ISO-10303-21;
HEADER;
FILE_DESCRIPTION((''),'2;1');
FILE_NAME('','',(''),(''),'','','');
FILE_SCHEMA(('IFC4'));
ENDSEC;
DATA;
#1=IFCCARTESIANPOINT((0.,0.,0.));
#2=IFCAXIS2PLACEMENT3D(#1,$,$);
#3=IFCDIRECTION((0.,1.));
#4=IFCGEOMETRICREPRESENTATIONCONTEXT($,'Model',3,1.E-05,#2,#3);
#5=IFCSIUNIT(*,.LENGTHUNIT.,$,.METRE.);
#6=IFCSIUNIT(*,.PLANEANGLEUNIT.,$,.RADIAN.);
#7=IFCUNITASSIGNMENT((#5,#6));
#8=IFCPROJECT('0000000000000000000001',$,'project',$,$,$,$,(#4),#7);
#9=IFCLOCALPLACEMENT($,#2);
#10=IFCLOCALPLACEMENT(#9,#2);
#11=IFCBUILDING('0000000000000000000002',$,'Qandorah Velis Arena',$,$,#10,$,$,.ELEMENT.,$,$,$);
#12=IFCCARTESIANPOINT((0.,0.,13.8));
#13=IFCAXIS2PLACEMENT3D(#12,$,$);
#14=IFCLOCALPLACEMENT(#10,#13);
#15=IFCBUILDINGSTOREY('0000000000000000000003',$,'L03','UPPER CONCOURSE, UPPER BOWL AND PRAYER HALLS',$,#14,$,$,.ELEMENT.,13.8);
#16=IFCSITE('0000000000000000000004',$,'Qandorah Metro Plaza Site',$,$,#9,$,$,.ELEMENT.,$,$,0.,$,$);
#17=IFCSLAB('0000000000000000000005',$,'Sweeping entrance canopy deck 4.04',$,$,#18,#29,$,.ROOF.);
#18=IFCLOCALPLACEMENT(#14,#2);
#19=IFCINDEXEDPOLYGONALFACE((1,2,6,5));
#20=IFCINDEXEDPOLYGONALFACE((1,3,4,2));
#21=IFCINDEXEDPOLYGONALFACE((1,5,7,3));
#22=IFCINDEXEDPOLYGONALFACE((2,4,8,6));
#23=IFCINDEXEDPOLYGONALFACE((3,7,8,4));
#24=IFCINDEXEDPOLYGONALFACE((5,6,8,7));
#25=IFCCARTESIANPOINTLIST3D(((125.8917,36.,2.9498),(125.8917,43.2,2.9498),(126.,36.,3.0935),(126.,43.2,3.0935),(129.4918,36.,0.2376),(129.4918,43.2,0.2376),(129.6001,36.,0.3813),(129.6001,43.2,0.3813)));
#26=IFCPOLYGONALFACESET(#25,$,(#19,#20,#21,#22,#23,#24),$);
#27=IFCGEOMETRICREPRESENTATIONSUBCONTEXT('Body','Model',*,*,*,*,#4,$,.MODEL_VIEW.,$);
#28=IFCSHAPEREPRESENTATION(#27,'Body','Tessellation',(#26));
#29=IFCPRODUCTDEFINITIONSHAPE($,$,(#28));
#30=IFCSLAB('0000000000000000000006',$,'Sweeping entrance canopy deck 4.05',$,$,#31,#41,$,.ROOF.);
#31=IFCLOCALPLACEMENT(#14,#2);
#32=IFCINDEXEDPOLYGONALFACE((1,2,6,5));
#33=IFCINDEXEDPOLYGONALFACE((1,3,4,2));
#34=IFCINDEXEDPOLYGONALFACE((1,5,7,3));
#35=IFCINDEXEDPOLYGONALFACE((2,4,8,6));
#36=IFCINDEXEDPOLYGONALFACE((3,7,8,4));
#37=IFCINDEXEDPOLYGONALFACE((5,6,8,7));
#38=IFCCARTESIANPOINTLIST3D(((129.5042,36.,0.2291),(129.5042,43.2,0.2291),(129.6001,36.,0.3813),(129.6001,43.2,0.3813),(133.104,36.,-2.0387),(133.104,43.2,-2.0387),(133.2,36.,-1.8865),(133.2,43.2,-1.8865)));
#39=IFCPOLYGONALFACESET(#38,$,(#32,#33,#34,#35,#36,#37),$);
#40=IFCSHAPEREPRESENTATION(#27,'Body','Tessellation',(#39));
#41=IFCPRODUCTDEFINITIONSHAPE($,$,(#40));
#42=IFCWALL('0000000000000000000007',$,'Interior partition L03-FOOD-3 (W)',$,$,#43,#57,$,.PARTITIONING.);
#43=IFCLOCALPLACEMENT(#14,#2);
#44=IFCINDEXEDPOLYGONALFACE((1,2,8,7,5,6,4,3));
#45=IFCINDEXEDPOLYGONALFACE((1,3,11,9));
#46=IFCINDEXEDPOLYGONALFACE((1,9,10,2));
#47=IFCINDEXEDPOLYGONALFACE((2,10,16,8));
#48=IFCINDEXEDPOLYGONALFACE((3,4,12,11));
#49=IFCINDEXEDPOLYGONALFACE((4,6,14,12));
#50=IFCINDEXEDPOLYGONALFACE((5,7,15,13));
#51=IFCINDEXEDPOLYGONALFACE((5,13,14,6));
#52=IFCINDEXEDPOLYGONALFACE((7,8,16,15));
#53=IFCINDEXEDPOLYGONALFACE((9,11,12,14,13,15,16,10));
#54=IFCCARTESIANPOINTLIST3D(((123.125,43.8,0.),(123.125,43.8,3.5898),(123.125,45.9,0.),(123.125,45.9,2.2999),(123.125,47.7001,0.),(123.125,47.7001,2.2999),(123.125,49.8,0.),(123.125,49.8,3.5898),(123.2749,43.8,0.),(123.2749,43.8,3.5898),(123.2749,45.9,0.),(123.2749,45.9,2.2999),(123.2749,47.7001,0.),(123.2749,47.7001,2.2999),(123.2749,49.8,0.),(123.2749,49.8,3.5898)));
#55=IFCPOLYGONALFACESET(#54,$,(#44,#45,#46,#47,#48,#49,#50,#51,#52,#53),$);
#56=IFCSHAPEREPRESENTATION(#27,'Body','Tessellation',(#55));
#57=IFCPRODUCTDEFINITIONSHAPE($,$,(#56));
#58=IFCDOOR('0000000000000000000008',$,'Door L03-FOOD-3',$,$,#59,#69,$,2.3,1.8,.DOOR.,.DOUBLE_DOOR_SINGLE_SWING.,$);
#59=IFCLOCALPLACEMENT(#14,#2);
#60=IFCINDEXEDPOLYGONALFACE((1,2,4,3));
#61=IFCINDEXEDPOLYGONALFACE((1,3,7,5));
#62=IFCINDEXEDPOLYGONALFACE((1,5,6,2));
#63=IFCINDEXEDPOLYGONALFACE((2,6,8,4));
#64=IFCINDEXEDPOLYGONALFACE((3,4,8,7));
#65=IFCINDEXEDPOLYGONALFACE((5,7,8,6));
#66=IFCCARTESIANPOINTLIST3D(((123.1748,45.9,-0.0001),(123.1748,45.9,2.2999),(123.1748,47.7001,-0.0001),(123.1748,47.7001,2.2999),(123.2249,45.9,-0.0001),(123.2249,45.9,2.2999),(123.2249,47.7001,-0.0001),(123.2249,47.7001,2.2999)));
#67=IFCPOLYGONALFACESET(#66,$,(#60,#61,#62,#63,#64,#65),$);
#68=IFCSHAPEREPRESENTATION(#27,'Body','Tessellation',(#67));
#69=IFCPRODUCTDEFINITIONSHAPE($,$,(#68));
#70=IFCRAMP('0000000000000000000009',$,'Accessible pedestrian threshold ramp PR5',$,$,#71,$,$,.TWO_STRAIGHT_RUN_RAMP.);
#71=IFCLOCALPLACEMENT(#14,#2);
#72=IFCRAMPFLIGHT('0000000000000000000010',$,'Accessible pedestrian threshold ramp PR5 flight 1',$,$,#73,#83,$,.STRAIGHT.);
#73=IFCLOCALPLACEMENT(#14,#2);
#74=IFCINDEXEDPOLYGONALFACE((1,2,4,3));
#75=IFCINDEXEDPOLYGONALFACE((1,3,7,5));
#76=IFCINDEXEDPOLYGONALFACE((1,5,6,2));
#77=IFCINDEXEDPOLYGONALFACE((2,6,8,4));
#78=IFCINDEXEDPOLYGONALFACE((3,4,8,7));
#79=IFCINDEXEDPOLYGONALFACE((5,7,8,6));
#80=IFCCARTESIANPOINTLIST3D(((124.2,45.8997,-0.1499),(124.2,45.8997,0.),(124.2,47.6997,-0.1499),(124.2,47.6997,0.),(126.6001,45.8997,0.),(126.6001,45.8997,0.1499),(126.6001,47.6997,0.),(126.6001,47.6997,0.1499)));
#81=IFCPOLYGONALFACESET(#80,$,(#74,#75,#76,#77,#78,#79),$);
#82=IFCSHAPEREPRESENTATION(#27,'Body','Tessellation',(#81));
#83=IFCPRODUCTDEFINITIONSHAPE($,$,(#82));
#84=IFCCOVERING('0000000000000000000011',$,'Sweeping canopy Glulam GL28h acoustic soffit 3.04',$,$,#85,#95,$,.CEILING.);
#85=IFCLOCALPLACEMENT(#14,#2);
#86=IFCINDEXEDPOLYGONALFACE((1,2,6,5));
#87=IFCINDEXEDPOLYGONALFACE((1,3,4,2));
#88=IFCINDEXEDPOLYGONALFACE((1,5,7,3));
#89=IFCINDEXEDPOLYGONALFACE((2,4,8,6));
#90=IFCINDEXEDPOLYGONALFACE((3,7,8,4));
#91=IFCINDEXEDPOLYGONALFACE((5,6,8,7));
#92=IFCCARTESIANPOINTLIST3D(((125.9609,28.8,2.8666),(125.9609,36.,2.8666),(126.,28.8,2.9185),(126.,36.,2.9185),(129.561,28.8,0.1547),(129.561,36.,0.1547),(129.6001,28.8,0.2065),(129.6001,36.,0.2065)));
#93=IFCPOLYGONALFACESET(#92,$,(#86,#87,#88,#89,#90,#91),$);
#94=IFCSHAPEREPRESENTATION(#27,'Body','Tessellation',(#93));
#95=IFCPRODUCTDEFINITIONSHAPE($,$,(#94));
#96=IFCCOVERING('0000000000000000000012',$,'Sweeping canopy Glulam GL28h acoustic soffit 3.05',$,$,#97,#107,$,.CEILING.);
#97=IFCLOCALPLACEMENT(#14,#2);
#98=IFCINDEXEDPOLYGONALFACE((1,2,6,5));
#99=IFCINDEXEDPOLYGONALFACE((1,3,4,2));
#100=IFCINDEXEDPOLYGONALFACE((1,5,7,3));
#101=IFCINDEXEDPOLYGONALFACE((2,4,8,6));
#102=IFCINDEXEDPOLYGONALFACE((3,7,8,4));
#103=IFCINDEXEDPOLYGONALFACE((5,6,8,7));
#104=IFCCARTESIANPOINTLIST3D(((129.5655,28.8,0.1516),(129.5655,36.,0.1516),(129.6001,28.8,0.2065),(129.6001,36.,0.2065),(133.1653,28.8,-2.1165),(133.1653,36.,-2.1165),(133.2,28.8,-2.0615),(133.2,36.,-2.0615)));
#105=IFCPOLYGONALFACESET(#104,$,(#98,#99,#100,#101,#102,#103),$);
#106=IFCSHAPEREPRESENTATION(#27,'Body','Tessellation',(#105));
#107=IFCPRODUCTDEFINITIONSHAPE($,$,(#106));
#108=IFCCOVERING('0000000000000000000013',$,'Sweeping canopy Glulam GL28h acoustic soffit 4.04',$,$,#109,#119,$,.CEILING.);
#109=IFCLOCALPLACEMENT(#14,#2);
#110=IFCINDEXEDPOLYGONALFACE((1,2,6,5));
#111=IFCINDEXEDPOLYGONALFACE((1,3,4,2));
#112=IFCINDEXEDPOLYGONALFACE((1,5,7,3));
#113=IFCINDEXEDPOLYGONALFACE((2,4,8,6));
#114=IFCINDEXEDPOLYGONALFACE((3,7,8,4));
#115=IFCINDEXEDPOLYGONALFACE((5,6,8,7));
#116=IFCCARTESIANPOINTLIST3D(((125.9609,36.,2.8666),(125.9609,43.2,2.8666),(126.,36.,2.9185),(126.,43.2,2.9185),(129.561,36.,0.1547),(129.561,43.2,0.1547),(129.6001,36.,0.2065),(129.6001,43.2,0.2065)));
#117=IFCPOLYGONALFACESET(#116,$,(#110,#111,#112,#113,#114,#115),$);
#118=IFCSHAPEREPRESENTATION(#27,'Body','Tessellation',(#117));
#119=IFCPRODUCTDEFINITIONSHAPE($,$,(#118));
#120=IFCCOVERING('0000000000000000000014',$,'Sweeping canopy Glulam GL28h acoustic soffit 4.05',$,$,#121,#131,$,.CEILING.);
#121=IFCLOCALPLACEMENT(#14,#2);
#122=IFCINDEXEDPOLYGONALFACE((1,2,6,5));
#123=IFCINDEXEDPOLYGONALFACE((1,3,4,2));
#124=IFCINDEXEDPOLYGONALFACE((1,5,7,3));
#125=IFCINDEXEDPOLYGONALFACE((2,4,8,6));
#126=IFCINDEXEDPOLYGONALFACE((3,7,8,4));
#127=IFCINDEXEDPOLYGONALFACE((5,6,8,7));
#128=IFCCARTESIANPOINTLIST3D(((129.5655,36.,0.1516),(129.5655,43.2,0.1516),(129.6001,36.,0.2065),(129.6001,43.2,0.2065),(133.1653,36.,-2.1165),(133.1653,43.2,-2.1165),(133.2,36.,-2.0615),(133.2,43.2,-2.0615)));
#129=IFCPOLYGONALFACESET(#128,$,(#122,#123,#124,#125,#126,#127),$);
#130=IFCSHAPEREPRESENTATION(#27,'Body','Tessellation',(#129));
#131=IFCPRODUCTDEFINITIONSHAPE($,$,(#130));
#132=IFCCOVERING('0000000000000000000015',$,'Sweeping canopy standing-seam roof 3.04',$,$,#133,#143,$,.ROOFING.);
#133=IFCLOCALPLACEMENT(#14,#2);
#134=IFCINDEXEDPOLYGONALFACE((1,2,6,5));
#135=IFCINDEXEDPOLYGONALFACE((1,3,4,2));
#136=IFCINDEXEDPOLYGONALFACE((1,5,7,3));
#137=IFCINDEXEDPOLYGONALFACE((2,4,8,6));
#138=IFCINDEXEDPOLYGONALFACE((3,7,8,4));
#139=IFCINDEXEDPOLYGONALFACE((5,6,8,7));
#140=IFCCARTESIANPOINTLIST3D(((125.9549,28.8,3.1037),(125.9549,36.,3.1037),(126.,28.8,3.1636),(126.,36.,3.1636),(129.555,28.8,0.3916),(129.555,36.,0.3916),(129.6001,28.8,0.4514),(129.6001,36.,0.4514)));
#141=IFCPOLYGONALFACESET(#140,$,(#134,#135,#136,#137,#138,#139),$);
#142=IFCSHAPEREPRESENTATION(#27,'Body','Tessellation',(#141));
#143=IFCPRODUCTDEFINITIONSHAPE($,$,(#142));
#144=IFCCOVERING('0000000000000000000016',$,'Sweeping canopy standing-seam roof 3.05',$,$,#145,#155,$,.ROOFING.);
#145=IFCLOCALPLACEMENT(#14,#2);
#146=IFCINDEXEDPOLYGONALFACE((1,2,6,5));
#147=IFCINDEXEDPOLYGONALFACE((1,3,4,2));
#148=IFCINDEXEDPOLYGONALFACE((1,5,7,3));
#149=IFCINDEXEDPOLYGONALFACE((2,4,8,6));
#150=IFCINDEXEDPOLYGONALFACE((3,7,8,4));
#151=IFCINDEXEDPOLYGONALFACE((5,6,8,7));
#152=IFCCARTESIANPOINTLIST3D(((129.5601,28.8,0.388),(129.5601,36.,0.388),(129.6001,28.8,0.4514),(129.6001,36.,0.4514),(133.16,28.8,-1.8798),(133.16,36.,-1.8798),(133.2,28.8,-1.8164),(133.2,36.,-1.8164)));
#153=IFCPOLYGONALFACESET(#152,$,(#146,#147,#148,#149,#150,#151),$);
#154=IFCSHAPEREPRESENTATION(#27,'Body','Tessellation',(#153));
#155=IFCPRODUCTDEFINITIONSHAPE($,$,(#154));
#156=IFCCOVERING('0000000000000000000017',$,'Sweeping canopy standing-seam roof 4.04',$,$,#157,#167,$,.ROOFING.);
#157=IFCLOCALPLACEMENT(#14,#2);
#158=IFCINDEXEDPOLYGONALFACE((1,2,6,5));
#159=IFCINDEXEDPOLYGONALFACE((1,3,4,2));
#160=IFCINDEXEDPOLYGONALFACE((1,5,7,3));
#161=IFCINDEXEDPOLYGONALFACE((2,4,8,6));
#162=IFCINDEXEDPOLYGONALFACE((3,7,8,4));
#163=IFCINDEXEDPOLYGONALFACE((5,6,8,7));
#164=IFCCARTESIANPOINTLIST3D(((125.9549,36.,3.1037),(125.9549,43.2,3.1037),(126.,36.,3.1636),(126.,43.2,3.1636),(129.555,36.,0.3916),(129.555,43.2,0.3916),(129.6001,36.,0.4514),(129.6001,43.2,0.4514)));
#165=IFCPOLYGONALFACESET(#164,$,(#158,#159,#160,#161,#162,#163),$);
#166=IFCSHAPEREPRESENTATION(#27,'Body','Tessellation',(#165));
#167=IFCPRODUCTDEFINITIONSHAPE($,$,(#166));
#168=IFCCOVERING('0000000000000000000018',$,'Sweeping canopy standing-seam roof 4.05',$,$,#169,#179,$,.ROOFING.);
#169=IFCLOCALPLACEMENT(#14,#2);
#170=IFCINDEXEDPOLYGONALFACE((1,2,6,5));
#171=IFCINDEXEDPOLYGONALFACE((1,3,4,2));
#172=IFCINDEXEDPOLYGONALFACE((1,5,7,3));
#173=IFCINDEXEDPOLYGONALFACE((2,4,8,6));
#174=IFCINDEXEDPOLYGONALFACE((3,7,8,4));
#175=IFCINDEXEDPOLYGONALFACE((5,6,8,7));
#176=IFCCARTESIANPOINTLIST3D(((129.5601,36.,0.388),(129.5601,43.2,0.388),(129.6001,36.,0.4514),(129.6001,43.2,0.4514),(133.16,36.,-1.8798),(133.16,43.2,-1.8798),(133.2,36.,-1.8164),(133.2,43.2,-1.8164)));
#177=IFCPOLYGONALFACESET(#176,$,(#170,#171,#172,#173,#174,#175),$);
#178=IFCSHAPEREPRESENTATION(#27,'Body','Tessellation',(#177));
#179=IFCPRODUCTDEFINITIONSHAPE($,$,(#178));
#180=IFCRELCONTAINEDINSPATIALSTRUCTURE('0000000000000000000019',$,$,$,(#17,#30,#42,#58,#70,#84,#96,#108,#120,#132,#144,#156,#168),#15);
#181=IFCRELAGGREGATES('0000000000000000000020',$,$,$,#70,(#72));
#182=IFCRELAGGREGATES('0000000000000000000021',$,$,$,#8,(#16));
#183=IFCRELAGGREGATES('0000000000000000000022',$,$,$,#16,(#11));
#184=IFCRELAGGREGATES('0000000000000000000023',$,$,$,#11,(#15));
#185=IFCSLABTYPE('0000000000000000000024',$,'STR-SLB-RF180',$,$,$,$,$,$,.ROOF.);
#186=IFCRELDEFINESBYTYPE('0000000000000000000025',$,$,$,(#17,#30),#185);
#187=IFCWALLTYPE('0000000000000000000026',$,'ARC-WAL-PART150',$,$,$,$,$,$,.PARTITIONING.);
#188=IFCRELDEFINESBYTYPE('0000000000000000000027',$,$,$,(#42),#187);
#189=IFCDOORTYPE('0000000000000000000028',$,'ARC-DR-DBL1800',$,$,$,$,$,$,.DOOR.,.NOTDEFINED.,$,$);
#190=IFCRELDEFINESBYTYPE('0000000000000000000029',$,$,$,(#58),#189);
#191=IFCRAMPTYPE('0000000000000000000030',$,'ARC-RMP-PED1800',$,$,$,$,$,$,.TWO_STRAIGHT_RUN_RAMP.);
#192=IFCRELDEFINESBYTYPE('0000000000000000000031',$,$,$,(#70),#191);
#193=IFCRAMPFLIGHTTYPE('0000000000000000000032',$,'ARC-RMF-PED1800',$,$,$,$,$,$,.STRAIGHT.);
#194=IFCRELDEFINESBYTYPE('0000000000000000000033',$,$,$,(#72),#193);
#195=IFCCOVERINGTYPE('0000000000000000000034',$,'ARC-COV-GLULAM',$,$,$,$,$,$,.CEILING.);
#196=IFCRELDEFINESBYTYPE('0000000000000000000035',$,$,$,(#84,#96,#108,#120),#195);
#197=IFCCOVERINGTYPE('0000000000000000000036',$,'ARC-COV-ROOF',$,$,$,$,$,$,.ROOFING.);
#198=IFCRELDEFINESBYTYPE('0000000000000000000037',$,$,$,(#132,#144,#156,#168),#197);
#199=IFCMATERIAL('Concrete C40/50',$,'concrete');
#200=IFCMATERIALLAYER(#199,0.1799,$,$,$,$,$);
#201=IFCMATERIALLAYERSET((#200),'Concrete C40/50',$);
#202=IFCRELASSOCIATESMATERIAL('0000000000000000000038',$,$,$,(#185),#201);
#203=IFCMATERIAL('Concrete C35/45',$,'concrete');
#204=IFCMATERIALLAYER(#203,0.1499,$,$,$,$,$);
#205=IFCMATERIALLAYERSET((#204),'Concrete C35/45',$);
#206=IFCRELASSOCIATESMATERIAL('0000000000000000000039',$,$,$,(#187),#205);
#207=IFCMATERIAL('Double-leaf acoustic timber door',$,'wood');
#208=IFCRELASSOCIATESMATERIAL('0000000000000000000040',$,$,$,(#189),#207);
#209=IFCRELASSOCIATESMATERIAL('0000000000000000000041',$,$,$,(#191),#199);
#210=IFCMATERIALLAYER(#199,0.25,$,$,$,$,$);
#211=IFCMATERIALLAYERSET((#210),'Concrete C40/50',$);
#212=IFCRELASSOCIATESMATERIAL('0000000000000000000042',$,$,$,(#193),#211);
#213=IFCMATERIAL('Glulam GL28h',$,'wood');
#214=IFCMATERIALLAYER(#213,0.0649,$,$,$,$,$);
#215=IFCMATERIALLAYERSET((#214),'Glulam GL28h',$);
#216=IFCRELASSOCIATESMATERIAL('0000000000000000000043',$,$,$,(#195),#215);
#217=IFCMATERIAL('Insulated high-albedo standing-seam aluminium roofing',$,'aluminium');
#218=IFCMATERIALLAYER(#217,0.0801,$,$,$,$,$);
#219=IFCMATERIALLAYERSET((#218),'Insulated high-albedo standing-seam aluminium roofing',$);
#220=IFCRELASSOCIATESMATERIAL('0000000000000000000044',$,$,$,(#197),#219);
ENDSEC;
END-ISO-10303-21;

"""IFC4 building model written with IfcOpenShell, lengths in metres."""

from ifc_helpers import new_model, si_unit, direction, frame, frame_2d, origin, place, context, subcontext, project, spatial, polyline, rectangle, outline, extrude, material, layer, layer_set, type_object, element, fill, aggregate, save


model = new_model("IFC4")

# Units and contexts
model_context = context("Model", 3, precision=1e-05, world=origin(), true_north=direction((0.0, 1.0)))
body_context = subcontext(model_context, "Body", "Model", "MODEL_VIEW")
ifc_project = project(units=[si_unit("LENGTHUNIT", "METRE"), si_unit("PLANEANGLEUNIT", "RADIAN")], contexts=[model_context])

# Site, building, storey
site_placement = place(None, origin())
site = spatial("IfcSite", under=ifc_project, at=site_placement, Name="Qandorah Metro Plaza Site", CompositionType="ELEMENT", RefElevation=0.0)
building_placement = place(site_placement, origin())
building = spatial("IfcBuilding", under=site, at=building_placement, Name="Qandorah Velis Arena", CompositionType="ELEMENT")
storey_placement = place(building_placement, frame((0.0, 0.0, 13.8)))
storey = spatial("IfcBuildingStorey", under=building, at=storey_placement, Name="L03", Description="UPPER CONCOURSE, UPPER BOWL AND PRAYER HALLS", CompositionType="ELEMENT", Elevation=13.8)

# Shared definitions
ifc_material_1 = material(Name="Concrete C40/50", Category="concrete")

# Slabs
ifc_layer_1 = layer(ifc_material_1, 0.1799)
ifc_layer_set_1 = layer_set([ifc_layer_1], Name="Concrete C40/50")
slab_type = type_object("IfcSlabType", Name="STR-SLB-RF180", PredefinedType="ROOF", material=ifc_layer_set_1)
slab_1_placement = place(storey_placement, frame((126.0, 36.0, 3.0935), z_axis=(0.601715, 0.0, 0.798711), x_axis=(0.798711, 0.0, -0.601715)))
element("IfcSlab", 1, at=slab_1_placement, inside=storey, type_object=slab_type, Name="Sweeping entrance canopy deck 4.04", PredefinedType="ROOF", context=body_context, shape_type="SweptSolid", body=[
    extrude(outline(polyline([(0.0, 0.0), (4.5074, 0.0), (4.5074, 7.2), (0.0, 7.2), (0.0, 0.0)])), origin(), (0.0, 0.0, -1.0), 0.1799),
])
slab_2_placement = place(storey_placement, frame((129.6001, 36.0, 0.3813), z_axis=(0.533023, 0.0, 0.846101), x_axis=(0.846101, 0.0, -0.533023)))
element("IfcSlab", 2, at=slab_2_placement, inside=storey, type_object=slab_type, Name="Sweeping entrance canopy deck 4.05", PredefinedType="ROOF", context=body_context, shape_type="SweptSolid", body=[
    extrude(outline(polyline([(0.0, 0.0), (4.2546, 0.0), (4.2546, 7.2), (0.0, 7.2), (0.0, 0.0)])), origin(), (0.0, 0.0, -1.0), 0.1799),
])

# Wall, opening, door
ifc_material_2 = material(Name="Concrete C35/45", Category="concrete")
ifc_layer_2 = layer(ifc_material_2, 0.1499)
ifc_layer_set_2 = layer_set([ifc_layer_2], Name="Concrete C35/45")
wall_type = type_object("IfcWallType", Name="ARC-WAL-PART150", PredefinedType="PARTITIONING", material=ifc_layer_set_2)
wall_placement = place(storey_placement, frame((123.2, 49.8, 0.0), z_axis=(0.0, 0.0, 1.0), x_axis=(0.0, -1.0, 0.0)))
wall = element("IfcWall", 3, at=wall_placement, inside=storey, type_object=wall_type, Name="Interior partition L03-FOOD-3 (W)", PredefinedType="PARTITIONING", context=body_context, shape_type="SweptSolid", body=[
    extrude(rectangle(XDim=6.0, YDim=0.1499, at=frame_2d((3.0, 0.0))), origin(), (0.0, 0.0, 1.0), 3.5898),
])
opening_placement = place(wall_placement, frame((2.1001, 0.0, 0.0)))
opening = element("IfcOpeningElement", 4, at=opening_placement, cuts=wall, PredefinedType="OPENING", context=body_context, shape_type="SweptSolid", body=[
    extrude(rectangle(XDim=1.8, YDim=2.3, at=frame_2d((0.8999, 1.1499))), frame((0.0, 0.085, 0.0), z_axis=(0.0, -1.0, 0.0), x_axis=(1.0, 0.0, 0.0)), (0.0, 0.0, 1.0), 0.1699),
])
ifc_material_3 = material(Name="Double-leaf acoustic timber door", Category="wood")
door_type = type_object("IfcDoorType", Name="ARC-DR-DBL1800", OperationType="NOTDEFINED", PredefinedType="DOOR", material=ifc_material_3)
door_placement = place(opening_placement, origin())
door = element("IfcDoor", 5, at=door_placement, inside=storey, type_object=door_type, Name="Door L03-FOOD-3", OperationType="DOUBLE_DOOR_SINGLE_SWING", OverallHeight=2.3, OverallWidth=1.8, PredefinedType="DOOR", context=body_context, shape_type="SweptSolid", body=[
    extrude(rectangle(XDim=1.8, YDim=2.3, at=frame_2d((0.8999, 1.1499))), frame((0.0, 0.0249, 0.0), z_axis=(0.0, -1.0, 0.0), x_axis=(1.0, 0.0, 0.0)), (0.0, 0.0, 1.0), 0.05),
])
fill(opening, door)

# Ramp, ramp flight
ramp_type = type_object("IfcRampType", Name="ARC-RMP-PED1800", PredefinedType="TWO_STRAIGHT_RUN_RAMP", material=ifc_material_1)
ramp_placement = place(storey_placement, origin())
ramp = element("IfcRamp", 6, at=ramp_placement, inside=storey, type_object=ramp_type, Name="Accessible pedestrian threshold ramp PR5", PredefinedType="TWO_STRAIGHT_RUN_RAMP")
ifc_layer_3 = layer(ifc_material_1, 0.25)
ifc_layer_set_3 = layer_set([ifc_layer_3], Name="Concrete C40/50")
ramp_flight_type = type_object("IfcRampFlightType", Name="ARC-RMF-PED1800", PredefinedType="STRAIGHT", material=ifc_layer_set_3)
ramp_flight_placement = place(storey_placement, frame((124.2, 46.7998, 0.0), z_axis=(0.0, 0.0, 1.0), x_axis=(1.0, 0.0, 0.0)))
ramp_flight = element("IfcRampFlight", 7, at=ramp_flight_placement, type_object=ramp_flight_type, Name="Accessible pedestrian threshold ramp PR5 flight 1", PredefinedType="STRAIGHT", context=body_context, shape_type="SweptSolid", body=[
    extrude(outline(polyline([(0.0, 0.0), (2.4001, 0.1499), (2.4001, 0.0), (0.0, -0.1499), (0.0, 0.0)])), frame((0.0, 0.8999, 0.0), z_axis=(0.0, -1.0, 0.0), x_axis=(1.0, 0.0, 0.0)), (0.0, 0.0, 1.0), 1.8),
])
aggregate(ramp, [ramp_flight])

# Coverings
ifc_material_4 = material(Name="Glulam GL28h", Category="wood")
ifc_layer_4 = layer(ifc_material_4, 0.0649)
ifc_layer_set_4 = layer_set([ifc_layer_4], Name="Glulam GL28h")
covering_type_1 = type_object("IfcCoveringType", Name="ARC-COV-GLULAM", PredefinedType="CEILING", material=ifc_layer_set_4)
covering_1_placement = place(storey_placement, frame((126.0, 28.8, 2.9185), z_axis=(0.60168, 0.0, 0.798737), x_axis=(0.798737, 0.0, -0.60168)))
element("IfcCovering", 8, at=covering_1_placement, inside=storey, type_object=covering_type_1, Name="Sweeping canopy Glulam GL28h acoustic soffit 3.04", PredefinedType="CEILING", context=body_context, shape_type="SweptSolid", body=[
    extrude(outline(polyline([(0.0, 0.0), (4.5072, 0.0), (4.5072, 7.2), (0.0, 7.2), (0.0, 0.0)])), origin(), (0.0, 0.0, -1.0), 0.0649),
])
covering_2_placement = place(storey_placement, frame((129.6001, 28.8, 0.2065), z_axis=(0.533064, 0.0, 0.846075), x_axis=(0.846075, 0.0, -0.533064)))
element("IfcCovering", 9, at=covering_2_placement, inside=storey, type_object=covering_type_1, Name="Sweeping canopy Glulam GL28h acoustic soffit 3.05", PredefinedType="CEILING", context=body_context, shape_type="SweptSolid", body=[
    extrude(outline(polyline([(0.0, 0.0), (4.2548, 0.0), (4.2548, 7.2), (0.0, 7.2), (0.0, 0.0)])), origin(), (0.0, 0.0, -1.0), 0.0649),
])
covering_3_placement = place(storey_placement, frame((126.0, 36.0, 2.9185), z_axis=(0.60168, 0.0, 0.798737), x_axis=(0.798737, 0.0, -0.60168)))
element("IfcCovering", 10, at=covering_3_placement, inside=storey, type_object=covering_type_1, Name="Sweeping canopy Glulam GL28h acoustic soffit 4.04", PredefinedType="CEILING", context=body_context, shape_type="SweptSolid", body=[
    extrude(outline(polyline([(0.0, 0.0), (4.5072, 0.0), (4.5072, 7.2), (0.0, 7.2), (0.0, 0.0)])), origin(), (0.0, 0.0, -1.0), 0.0649),
])
covering_4_placement = place(storey_placement, frame((129.6001, 36.0, 0.2065), z_axis=(0.533064, 0.0, 0.846075), x_axis=(0.846075, 0.0, -0.533064)))
element("IfcCovering", 11, at=covering_4_placement, inside=storey, type_object=covering_type_1, Name="Sweeping canopy Glulam GL28h acoustic soffit 4.05", PredefinedType="CEILING", context=body_context, shape_type="SweptSolid", body=[
    extrude(outline(polyline([(0.0, 0.0), (4.2548, 0.0), (4.2548, 7.2), (0.0, 7.2), (0.0, 0.0)])), origin(), (0.0, 0.0, -1.0), 0.0649),
])
ifc_material_5 = material(Name="Insulated high-albedo standing-seam aluminium roofing", Category="aluminium")
ifc_layer_5 = layer(ifc_material_5, 0.0801)
ifc_layer_set_5 = layer_set([ifc_layer_5], Name="Insulated high-albedo standing-seam aluminium roofing")
covering_type_2 = type_object("IfcCoveringType", Name="ARC-COV-ROOF", PredefinedType="ROOFING", material=ifc_layer_set_5)
covering_5_placement = place(storey_placement, frame((126.0, 28.8, 3.1636), z_axis=(0.601715, 0.0, 0.798711), x_axis=(0.798711, 0.0, -0.601715)))
element("IfcCovering", 12, at=covering_5_placement, inside=storey, type_object=covering_type_2, Name="Sweeping canopy standing-seam roof 3.04", PredefinedType="ROOFING", context=body_context, shape_type="SweptSolid", body=[
    extrude(outline(polyline([(0.0, 0.0), (4.5074, 0.0), (4.5074, 7.2), (0.0, 7.2), (0.0, 0.0)])), origin(), (0.0, 0.0, -1.0), 0.075),
])
covering_6_placement = place(storey_placement, frame((129.6001, 28.8, 0.4514), z_axis=(0.533023, 0.0, 0.846101), x_axis=(0.846101, 0.0, -0.533023)))
element("IfcCovering", 13, at=covering_6_placement, inside=storey, type_object=covering_type_2, Name="Sweeping canopy standing-seam roof 3.05", PredefinedType="ROOFING", context=body_context, shape_type="SweptSolid", body=[
    extrude(outline(polyline([(0.0, 0.0), (4.2546, 0.0), (4.2546, 7.2), (0.0, 7.2), (0.0, 0.0)])), origin(), (0.0, 0.0, -1.0), 0.075),
])
covering_7_placement = place(storey_placement, frame((126.0, 36.0, 3.1636), z_axis=(0.601715, 0.0, 0.798711), x_axis=(0.798711, 0.0, -0.601715)))
element("IfcCovering", 14, at=covering_7_placement, inside=storey, type_object=covering_type_2, Name="Sweeping canopy standing-seam roof 4.04", PredefinedType="ROOFING", context=body_context, shape_type="SweptSolid", body=[
    extrude(outline(polyline([(0.0, 0.0), (4.5074, 0.0), (4.5074, 7.2), (0.0, 7.2), (0.0, 0.0)])), origin(), (0.0, 0.0, -1.0), 0.075),
])
covering_8_placement = place(storey_placement, frame((129.6001, 36.0, 0.4514), z_axis=(0.533023, 0.0, 0.846101), x_axis=(0.846101, 0.0, -0.533023)))
element("IfcCovering", 15, at=covering_8_placement, inside=storey, type_object=covering_type_2, Name="Sweeping canopy standing-seam roof 4.05", PredefinedType="ROOFING", context=body_context, shape_type="SweptSolid", body=[
    extrude(outline(polyline([(0.0, 0.0), (4.2546, 0.0), (4.2546, 7.2), (0.0, 7.2), (0.0, 0.0)])), origin(), (0.0, 0.0, -1.0), 0.075),
])

save(model, "model.ifc")
